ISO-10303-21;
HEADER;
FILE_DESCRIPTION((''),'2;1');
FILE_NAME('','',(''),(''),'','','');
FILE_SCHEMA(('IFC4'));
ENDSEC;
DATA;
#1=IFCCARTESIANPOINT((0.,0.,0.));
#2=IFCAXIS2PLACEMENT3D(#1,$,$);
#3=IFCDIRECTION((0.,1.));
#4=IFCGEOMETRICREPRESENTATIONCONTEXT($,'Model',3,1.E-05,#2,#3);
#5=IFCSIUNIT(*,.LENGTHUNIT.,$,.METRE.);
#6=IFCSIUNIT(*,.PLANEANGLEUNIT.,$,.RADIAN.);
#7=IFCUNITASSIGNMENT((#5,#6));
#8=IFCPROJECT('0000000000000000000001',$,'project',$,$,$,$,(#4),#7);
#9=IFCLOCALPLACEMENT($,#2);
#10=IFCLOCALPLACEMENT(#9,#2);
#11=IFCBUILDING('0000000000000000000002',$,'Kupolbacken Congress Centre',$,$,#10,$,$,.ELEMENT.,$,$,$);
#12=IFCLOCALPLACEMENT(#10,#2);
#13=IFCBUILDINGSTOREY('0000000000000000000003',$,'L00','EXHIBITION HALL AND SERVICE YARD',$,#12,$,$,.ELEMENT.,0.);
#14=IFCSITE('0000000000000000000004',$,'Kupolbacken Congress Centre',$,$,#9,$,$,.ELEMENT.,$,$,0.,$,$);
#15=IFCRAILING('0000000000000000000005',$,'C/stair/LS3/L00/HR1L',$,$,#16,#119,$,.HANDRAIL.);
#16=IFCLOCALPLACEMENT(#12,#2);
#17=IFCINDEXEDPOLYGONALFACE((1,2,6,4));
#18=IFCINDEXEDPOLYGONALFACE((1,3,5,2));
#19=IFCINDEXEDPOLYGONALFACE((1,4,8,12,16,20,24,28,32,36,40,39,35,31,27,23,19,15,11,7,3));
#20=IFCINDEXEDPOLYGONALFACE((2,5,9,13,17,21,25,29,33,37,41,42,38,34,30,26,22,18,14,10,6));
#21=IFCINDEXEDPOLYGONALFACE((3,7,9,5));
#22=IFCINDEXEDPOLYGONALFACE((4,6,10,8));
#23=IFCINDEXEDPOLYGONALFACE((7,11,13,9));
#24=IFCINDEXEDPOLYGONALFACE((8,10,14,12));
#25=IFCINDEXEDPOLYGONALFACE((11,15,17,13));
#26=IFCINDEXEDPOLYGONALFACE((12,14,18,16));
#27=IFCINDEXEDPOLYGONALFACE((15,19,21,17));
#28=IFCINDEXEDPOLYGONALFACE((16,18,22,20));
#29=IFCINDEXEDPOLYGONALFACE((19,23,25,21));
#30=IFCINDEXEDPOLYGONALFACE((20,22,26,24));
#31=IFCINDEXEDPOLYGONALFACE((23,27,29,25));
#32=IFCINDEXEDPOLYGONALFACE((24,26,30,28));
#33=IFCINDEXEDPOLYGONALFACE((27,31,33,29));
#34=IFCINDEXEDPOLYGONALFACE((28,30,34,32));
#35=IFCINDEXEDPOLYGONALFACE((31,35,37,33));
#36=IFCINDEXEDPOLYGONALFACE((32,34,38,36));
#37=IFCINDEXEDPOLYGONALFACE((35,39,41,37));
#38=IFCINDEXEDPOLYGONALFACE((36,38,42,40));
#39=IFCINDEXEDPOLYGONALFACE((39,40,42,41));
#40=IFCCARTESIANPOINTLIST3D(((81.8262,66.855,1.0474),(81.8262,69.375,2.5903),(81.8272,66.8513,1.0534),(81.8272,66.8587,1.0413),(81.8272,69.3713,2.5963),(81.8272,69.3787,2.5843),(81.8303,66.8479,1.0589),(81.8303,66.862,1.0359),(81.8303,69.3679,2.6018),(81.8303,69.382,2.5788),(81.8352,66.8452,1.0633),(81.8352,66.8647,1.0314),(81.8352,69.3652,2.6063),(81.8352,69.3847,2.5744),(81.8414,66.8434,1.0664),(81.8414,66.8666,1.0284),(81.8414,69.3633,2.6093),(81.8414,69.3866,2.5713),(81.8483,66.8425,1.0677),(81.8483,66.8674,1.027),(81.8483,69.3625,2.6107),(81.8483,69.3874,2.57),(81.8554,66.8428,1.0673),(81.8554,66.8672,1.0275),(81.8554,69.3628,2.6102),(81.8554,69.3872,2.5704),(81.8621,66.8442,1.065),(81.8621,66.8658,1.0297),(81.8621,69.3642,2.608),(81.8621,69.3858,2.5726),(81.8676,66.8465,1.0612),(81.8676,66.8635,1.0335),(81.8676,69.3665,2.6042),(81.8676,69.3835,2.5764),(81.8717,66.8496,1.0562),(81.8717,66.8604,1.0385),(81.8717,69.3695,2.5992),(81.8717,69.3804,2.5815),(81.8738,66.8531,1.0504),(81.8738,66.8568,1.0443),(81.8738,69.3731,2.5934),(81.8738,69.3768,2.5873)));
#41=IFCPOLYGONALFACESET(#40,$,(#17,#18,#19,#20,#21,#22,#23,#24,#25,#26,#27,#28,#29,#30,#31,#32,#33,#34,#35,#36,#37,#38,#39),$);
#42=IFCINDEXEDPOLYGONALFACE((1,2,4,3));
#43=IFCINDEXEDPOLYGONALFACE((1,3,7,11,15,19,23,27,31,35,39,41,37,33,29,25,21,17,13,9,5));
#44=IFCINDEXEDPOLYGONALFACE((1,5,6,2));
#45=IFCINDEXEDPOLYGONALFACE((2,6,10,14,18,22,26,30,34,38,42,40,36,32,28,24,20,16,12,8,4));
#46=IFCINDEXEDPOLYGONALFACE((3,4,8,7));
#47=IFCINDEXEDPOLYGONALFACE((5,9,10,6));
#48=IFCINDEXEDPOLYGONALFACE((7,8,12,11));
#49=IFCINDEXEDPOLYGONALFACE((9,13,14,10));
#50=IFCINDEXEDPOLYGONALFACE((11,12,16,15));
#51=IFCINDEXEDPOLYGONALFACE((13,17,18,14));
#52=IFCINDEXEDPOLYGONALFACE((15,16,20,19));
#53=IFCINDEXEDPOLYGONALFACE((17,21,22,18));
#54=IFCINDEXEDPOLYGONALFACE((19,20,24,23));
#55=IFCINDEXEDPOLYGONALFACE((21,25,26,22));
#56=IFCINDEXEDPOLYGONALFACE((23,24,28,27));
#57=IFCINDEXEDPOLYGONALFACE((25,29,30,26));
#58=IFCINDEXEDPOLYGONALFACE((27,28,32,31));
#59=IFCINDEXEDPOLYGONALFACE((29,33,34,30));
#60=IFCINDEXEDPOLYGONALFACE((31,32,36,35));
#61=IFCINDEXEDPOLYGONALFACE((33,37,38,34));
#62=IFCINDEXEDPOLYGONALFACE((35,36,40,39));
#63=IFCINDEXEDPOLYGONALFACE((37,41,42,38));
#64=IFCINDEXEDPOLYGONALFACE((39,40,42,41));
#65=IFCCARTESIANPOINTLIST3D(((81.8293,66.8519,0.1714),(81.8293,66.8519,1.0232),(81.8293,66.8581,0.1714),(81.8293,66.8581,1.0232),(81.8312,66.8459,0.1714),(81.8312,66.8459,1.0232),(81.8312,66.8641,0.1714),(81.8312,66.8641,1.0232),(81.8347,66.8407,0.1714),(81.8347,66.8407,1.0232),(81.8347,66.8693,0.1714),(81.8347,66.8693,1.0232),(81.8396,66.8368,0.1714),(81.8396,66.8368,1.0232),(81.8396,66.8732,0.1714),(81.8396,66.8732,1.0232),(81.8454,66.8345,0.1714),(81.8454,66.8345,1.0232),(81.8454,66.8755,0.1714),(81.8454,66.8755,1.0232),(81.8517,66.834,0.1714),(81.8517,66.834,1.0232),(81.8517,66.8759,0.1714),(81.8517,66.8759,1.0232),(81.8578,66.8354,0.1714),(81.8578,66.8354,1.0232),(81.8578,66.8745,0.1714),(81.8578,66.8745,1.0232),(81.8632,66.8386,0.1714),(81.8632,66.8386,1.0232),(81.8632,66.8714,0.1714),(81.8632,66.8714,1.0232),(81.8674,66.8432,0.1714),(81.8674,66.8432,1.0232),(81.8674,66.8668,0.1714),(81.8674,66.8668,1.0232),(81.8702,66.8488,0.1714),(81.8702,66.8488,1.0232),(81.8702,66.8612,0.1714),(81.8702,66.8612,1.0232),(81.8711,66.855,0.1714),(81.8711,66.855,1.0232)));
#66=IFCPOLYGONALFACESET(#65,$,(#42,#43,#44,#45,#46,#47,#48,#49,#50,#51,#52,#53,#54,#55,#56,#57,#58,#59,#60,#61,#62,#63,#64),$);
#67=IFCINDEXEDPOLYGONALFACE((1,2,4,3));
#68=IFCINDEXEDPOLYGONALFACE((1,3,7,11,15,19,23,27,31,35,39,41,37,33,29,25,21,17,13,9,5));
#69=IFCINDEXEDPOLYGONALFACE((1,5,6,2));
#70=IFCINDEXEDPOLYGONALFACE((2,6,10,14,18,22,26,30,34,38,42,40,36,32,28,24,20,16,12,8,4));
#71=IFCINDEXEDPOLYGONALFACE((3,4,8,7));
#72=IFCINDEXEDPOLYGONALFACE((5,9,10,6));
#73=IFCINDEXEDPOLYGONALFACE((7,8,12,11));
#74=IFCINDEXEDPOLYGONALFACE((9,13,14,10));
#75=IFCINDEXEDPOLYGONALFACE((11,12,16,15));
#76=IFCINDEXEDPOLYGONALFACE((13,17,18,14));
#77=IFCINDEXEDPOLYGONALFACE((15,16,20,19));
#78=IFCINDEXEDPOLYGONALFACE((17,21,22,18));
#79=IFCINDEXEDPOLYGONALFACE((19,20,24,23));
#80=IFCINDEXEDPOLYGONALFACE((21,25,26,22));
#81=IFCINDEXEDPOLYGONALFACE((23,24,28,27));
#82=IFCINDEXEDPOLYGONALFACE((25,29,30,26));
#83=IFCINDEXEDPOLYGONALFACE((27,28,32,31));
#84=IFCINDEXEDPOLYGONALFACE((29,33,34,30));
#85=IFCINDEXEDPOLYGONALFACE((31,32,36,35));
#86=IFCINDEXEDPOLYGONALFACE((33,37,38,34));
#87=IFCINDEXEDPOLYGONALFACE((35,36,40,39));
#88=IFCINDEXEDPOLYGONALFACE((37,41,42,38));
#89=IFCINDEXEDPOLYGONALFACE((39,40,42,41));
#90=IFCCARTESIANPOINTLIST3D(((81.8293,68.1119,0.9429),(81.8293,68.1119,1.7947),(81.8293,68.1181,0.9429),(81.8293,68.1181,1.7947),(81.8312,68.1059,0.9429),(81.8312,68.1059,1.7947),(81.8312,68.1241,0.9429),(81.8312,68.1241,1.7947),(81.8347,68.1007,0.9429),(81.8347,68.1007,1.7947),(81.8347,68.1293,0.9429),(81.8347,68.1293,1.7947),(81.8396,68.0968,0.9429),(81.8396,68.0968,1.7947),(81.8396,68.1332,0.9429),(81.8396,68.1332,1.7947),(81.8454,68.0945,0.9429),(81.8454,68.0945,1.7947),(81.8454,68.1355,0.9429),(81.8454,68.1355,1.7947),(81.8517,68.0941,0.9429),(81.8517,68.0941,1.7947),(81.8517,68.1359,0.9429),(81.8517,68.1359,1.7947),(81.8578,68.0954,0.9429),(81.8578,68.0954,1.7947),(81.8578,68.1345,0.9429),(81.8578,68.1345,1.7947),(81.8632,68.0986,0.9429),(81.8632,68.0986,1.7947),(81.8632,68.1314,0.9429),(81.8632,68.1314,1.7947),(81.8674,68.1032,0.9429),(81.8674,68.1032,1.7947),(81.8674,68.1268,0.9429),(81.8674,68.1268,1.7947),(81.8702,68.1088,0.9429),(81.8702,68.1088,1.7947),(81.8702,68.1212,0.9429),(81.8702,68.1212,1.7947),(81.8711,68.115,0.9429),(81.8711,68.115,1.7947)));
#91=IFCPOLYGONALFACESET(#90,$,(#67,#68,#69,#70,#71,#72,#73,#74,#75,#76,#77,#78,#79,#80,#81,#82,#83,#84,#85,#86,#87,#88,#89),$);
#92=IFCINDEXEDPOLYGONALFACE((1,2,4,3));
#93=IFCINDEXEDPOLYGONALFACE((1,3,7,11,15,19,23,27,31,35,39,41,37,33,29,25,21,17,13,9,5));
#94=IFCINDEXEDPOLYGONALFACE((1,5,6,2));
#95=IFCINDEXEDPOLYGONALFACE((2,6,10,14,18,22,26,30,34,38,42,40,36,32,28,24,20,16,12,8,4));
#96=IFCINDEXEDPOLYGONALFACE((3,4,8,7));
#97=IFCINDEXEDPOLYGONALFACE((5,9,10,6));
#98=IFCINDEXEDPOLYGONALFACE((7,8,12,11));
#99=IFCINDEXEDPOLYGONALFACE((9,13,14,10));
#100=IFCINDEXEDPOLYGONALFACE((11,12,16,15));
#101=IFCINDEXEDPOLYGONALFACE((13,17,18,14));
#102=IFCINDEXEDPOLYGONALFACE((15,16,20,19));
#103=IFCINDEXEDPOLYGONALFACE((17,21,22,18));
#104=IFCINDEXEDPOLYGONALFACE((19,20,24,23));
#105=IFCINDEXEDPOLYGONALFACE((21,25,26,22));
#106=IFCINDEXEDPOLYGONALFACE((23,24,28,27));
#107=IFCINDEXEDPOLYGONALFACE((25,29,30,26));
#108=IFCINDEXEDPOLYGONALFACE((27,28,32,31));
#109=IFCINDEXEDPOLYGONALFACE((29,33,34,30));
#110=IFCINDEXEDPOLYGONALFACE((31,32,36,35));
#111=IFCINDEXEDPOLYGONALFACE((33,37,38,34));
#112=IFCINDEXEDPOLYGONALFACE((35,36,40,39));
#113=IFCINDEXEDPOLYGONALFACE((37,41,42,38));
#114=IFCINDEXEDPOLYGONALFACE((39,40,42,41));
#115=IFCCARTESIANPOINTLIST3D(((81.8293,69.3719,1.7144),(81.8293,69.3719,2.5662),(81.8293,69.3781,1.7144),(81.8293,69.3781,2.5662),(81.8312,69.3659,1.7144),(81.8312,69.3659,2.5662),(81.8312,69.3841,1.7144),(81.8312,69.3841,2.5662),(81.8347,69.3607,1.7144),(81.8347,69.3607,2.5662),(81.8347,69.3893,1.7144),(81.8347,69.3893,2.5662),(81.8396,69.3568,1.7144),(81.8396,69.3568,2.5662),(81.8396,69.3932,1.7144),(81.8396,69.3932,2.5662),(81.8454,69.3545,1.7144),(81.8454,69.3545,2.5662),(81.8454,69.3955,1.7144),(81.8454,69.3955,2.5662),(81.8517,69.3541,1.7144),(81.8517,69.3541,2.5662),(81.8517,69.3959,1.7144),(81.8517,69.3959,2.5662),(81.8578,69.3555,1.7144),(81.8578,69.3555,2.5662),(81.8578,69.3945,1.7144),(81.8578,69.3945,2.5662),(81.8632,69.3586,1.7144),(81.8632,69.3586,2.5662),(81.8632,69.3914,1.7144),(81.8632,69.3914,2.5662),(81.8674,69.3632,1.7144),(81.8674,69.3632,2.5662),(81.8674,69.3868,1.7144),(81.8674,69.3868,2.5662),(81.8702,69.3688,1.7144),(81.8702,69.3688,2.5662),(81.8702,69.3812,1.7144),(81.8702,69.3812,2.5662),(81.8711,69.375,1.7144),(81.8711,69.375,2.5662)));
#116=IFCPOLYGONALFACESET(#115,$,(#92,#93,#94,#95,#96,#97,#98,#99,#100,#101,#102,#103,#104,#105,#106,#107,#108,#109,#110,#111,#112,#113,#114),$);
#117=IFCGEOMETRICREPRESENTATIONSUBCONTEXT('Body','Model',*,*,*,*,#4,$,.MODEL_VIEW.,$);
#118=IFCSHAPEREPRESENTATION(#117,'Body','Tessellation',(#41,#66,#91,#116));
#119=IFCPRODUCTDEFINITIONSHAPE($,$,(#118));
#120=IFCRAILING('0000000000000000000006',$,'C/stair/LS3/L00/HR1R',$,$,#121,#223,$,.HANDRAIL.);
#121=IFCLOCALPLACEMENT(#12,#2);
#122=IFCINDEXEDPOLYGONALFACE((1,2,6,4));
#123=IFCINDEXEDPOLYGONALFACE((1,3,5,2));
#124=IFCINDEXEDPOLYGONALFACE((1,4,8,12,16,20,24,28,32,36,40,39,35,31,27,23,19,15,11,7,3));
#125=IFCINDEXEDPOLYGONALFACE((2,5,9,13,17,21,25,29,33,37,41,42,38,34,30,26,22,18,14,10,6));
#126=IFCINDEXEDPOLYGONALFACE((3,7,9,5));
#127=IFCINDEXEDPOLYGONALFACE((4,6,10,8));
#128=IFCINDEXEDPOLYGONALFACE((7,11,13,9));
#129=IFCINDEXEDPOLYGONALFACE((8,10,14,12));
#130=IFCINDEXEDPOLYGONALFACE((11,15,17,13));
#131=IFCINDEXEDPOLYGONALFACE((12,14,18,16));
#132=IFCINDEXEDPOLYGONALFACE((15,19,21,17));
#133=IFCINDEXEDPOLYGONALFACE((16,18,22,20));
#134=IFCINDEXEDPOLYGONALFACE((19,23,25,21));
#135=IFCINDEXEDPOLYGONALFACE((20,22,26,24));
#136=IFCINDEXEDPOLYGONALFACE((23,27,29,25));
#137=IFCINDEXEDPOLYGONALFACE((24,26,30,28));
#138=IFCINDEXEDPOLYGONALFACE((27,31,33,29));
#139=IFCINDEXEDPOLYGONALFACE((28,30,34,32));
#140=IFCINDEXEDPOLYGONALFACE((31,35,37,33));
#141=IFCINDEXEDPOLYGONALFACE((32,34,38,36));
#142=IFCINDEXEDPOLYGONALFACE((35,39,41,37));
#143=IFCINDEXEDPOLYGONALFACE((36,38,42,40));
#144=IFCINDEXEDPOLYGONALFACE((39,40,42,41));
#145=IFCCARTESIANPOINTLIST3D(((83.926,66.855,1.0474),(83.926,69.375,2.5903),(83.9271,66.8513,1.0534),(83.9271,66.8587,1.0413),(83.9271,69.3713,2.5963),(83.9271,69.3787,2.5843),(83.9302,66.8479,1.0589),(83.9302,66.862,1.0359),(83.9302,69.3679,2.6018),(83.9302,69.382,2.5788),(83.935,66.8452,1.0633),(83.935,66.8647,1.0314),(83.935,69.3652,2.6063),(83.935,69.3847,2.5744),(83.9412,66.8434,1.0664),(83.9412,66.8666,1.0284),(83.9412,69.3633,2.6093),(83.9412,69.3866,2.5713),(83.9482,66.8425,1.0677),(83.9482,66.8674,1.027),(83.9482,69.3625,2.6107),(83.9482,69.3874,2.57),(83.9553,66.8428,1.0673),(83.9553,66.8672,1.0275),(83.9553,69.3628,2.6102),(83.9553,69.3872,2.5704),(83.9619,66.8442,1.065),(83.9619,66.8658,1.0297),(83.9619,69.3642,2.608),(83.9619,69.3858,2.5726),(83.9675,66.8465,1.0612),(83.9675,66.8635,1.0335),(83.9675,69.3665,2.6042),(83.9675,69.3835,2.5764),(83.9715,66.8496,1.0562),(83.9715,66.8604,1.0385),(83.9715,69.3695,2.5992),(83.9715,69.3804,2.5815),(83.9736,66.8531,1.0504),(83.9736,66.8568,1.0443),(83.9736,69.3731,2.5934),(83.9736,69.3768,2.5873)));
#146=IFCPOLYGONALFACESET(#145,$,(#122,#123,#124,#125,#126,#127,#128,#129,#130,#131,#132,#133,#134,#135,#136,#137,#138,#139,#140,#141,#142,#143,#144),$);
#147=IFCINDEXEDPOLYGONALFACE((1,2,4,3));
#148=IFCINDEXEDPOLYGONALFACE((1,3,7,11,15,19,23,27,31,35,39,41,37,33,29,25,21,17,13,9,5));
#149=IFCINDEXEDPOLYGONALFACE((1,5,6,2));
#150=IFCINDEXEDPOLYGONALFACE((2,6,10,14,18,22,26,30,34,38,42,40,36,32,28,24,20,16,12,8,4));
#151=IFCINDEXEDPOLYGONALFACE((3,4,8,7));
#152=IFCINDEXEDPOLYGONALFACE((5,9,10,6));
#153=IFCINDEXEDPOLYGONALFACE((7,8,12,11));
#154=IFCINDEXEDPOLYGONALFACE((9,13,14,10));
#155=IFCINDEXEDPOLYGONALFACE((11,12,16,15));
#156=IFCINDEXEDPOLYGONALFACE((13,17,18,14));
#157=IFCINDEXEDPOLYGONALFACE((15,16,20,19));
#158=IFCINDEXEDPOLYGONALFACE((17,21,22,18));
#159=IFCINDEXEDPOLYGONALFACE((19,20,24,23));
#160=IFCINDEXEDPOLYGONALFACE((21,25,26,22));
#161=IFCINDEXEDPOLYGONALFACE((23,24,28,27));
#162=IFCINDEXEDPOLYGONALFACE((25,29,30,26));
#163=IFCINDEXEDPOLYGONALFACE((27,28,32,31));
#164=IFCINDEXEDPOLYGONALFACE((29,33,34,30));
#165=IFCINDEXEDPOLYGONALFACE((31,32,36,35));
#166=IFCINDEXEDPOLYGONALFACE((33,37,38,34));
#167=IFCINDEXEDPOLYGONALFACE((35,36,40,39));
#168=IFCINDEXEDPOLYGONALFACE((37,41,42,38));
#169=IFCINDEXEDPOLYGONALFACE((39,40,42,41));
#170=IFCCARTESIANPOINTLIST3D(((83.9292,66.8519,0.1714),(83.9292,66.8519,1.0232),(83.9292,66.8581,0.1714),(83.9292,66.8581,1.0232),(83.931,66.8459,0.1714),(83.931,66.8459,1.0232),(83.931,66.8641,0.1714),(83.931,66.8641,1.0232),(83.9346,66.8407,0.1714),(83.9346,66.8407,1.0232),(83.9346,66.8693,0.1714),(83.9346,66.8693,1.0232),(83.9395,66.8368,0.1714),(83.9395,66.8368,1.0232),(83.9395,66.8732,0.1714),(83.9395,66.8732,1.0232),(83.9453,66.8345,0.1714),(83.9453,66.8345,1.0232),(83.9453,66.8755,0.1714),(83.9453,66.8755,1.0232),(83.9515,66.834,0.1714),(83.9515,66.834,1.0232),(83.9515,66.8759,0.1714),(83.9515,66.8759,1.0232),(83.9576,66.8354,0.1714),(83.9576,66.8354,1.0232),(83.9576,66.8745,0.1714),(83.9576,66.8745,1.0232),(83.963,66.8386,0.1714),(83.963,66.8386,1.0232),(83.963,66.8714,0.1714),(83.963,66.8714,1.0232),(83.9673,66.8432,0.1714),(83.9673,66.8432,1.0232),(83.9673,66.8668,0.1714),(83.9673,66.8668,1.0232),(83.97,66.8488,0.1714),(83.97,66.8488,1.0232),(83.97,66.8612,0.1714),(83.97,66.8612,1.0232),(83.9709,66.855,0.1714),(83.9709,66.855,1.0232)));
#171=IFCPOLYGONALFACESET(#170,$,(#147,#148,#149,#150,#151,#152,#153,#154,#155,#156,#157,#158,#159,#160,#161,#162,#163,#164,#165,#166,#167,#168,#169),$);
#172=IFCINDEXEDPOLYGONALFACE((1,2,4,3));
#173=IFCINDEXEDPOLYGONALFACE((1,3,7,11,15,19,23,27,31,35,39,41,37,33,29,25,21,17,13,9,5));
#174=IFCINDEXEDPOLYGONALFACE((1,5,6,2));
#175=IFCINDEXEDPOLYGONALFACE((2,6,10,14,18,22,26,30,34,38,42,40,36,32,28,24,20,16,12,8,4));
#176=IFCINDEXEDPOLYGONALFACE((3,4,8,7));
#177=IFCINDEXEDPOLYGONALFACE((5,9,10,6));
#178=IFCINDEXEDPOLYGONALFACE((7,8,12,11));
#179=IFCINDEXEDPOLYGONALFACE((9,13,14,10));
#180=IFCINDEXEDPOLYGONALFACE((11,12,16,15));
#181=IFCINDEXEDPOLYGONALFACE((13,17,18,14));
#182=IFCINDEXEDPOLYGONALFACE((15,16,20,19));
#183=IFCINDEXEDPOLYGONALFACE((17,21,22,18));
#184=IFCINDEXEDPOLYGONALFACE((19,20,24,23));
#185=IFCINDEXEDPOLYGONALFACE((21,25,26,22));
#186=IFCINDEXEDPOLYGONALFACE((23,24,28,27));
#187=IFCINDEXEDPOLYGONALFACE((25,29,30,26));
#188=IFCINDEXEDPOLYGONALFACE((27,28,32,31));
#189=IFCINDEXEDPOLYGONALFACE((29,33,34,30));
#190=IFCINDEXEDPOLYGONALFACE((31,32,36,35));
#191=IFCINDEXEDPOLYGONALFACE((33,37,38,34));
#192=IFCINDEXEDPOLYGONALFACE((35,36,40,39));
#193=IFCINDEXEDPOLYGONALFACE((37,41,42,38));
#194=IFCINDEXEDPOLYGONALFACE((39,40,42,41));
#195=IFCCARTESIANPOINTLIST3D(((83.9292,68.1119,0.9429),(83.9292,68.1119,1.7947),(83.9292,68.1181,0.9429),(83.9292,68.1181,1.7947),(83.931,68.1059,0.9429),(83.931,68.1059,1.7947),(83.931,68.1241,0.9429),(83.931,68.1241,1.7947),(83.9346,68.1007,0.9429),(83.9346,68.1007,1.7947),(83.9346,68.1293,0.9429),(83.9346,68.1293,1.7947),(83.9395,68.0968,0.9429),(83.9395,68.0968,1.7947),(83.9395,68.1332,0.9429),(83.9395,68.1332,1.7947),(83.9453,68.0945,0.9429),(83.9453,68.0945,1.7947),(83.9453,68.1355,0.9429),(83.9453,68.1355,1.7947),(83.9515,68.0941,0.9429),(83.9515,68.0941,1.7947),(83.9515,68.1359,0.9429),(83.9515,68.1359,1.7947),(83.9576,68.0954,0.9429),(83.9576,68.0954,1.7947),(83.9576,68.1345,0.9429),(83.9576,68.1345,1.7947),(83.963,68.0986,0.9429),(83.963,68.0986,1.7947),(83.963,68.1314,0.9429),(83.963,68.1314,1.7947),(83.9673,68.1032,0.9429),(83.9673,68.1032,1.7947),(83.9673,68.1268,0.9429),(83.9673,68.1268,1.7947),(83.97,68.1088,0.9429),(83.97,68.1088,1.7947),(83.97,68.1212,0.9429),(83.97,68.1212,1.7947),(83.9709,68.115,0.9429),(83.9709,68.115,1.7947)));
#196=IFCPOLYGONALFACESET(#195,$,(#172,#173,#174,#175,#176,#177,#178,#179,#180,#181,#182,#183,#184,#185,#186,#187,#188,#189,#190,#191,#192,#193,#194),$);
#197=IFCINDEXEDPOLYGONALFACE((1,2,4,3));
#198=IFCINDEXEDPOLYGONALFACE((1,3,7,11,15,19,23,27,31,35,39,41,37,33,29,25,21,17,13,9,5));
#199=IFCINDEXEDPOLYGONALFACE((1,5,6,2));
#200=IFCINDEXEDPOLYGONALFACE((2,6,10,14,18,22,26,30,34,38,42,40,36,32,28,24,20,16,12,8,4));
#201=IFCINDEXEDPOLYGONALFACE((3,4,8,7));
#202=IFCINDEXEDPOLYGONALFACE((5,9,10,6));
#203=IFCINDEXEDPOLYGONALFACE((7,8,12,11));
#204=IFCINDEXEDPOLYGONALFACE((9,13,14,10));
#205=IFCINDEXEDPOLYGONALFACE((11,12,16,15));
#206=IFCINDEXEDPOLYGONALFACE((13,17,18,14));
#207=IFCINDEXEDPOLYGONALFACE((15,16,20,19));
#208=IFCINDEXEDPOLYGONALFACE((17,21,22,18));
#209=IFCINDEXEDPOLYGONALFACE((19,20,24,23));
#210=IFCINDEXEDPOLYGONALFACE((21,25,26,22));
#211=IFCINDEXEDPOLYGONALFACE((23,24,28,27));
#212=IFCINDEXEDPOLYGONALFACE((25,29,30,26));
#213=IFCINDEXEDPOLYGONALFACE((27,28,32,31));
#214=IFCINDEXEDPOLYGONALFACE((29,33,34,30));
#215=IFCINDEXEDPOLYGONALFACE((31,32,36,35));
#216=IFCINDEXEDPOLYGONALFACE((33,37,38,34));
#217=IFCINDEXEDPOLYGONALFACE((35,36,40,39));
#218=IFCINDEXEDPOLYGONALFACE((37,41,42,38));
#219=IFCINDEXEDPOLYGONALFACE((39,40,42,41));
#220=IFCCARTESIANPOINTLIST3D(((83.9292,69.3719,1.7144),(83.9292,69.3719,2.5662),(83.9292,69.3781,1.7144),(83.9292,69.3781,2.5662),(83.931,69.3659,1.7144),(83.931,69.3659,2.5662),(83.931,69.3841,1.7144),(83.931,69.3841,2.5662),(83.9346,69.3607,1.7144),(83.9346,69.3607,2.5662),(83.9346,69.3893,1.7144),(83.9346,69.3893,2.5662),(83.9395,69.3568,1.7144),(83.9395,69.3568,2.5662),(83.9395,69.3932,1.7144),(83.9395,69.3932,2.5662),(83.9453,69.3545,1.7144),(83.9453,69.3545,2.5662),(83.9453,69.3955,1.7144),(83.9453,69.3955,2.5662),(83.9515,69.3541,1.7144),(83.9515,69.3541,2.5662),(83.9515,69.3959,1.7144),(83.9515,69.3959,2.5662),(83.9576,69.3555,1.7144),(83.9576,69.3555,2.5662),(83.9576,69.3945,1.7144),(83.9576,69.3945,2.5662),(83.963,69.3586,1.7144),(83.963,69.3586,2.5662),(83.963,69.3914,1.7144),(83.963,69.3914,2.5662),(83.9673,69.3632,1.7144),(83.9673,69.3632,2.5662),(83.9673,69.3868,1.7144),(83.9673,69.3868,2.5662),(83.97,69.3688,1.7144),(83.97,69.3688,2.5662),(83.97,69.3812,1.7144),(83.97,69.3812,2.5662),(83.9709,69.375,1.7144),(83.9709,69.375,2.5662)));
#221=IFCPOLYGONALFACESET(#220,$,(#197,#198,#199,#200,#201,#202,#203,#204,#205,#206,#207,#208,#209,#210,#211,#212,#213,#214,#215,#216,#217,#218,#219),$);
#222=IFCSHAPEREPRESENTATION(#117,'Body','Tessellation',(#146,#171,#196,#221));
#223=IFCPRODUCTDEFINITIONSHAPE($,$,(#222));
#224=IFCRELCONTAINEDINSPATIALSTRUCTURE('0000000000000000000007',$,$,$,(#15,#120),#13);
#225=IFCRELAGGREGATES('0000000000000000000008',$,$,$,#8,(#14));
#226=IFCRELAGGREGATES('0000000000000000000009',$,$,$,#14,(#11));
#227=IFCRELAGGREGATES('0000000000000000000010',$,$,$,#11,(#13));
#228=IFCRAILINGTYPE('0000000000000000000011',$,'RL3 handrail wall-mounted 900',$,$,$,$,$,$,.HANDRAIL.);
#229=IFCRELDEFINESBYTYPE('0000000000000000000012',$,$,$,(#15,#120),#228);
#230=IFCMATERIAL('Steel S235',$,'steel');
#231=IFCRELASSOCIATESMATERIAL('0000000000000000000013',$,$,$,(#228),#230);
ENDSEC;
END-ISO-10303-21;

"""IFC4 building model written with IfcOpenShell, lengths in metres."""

from ifc_helpers import new_model, si_unit, direction, frame, origin, origin_2d, place, context, subcontext, project, spatial, circle, extrude, material, type_object, element, save


model = new_model("IFC4")

# Units and contexts
model_context = context("Model", 3, precision=1e-05, world=origin(), true_north=direction((0.0, 1.0)))
body_context = subcontext(model_context, "Body", "Model", "MODEL_VIEW")
ifc_project = project(units=[si_unit("LENGTHUNIT", "METRE"), si_unit("PLANEANGLEUNIT", "RADIAN")], contexts=[model_context])

# Site, building, storey
site_placement = place(None, origin())
site = spatial("IfcSite", under=ifc_project, at=site_placement, Name="Kupolbacken Congress Centre", CompositionType="ELEMENT", RefElevation=0.0)
building_placement = place(site_placement, origin())
building = spatial("IfcBuilding", under=site, at=building_placement, Name="Kupolbacken Congress Centre", CompositionType="ELEMENT")
storey_placement = place(building_placement, origin())
storey = spatial("IfcBuildingStorey", under=building, at=storey_placement, Name="L00", Description="EXHIBITION HALL AND SERVICE YARD", CompositionType="ELEMENT", Elevation=0.0)

# Railings
ifc_material_1 = material(Name="Steel S235", Category="steel")
railing_type = type_object("IfcRailingType", Name="RL3 handrail wall-mounted 900", PredefinedType="HANDRAIL", material=ifc_material_1)
for number, where, name in (
    (1, (81.8501, 66.855, 0.1714), "C/stair/LS3/L00/HR1L"),
    (2, (83.95, 66.855, 0.1714), "C/stair/LS3/L00/HR1R"),
):
    element("IfcRailing", number, at=place(storey_placement, frame(where)), inside=storey, type_object=railing_type, Name=name, PredefinedType="HANDRAIL", context=body_context, shape_type="SweptSolid", body=[
        extrude(circle(Radius=0.0239, at=origin_2d()), frame((0.0, 0.0, 0.876), z_axis=(0.0, 0.852836, 0.522178), x_axis=(-1.0, 0.0, 0.0)), (0.0, 0.0, 1.0), 2.9548),
        extrude(circle(Radius=0.021, at=origin_2d()), origin(), (0.0, 0.0, 1.0), 0.8518),
        extrude(circle(Radius=0.021, at=origin_2d()), frame((0.0, 1.26, 0.7715)), (0.0, 0.0, 1.0), 0.8518),
        extrude(circle(Radius=0.021, at=origin_2d()), frame((0.0, 2.52, 1.543)), (0.0, 0.0, 1.0), 0.8518),
    ])

save(model, "model.ifc")
